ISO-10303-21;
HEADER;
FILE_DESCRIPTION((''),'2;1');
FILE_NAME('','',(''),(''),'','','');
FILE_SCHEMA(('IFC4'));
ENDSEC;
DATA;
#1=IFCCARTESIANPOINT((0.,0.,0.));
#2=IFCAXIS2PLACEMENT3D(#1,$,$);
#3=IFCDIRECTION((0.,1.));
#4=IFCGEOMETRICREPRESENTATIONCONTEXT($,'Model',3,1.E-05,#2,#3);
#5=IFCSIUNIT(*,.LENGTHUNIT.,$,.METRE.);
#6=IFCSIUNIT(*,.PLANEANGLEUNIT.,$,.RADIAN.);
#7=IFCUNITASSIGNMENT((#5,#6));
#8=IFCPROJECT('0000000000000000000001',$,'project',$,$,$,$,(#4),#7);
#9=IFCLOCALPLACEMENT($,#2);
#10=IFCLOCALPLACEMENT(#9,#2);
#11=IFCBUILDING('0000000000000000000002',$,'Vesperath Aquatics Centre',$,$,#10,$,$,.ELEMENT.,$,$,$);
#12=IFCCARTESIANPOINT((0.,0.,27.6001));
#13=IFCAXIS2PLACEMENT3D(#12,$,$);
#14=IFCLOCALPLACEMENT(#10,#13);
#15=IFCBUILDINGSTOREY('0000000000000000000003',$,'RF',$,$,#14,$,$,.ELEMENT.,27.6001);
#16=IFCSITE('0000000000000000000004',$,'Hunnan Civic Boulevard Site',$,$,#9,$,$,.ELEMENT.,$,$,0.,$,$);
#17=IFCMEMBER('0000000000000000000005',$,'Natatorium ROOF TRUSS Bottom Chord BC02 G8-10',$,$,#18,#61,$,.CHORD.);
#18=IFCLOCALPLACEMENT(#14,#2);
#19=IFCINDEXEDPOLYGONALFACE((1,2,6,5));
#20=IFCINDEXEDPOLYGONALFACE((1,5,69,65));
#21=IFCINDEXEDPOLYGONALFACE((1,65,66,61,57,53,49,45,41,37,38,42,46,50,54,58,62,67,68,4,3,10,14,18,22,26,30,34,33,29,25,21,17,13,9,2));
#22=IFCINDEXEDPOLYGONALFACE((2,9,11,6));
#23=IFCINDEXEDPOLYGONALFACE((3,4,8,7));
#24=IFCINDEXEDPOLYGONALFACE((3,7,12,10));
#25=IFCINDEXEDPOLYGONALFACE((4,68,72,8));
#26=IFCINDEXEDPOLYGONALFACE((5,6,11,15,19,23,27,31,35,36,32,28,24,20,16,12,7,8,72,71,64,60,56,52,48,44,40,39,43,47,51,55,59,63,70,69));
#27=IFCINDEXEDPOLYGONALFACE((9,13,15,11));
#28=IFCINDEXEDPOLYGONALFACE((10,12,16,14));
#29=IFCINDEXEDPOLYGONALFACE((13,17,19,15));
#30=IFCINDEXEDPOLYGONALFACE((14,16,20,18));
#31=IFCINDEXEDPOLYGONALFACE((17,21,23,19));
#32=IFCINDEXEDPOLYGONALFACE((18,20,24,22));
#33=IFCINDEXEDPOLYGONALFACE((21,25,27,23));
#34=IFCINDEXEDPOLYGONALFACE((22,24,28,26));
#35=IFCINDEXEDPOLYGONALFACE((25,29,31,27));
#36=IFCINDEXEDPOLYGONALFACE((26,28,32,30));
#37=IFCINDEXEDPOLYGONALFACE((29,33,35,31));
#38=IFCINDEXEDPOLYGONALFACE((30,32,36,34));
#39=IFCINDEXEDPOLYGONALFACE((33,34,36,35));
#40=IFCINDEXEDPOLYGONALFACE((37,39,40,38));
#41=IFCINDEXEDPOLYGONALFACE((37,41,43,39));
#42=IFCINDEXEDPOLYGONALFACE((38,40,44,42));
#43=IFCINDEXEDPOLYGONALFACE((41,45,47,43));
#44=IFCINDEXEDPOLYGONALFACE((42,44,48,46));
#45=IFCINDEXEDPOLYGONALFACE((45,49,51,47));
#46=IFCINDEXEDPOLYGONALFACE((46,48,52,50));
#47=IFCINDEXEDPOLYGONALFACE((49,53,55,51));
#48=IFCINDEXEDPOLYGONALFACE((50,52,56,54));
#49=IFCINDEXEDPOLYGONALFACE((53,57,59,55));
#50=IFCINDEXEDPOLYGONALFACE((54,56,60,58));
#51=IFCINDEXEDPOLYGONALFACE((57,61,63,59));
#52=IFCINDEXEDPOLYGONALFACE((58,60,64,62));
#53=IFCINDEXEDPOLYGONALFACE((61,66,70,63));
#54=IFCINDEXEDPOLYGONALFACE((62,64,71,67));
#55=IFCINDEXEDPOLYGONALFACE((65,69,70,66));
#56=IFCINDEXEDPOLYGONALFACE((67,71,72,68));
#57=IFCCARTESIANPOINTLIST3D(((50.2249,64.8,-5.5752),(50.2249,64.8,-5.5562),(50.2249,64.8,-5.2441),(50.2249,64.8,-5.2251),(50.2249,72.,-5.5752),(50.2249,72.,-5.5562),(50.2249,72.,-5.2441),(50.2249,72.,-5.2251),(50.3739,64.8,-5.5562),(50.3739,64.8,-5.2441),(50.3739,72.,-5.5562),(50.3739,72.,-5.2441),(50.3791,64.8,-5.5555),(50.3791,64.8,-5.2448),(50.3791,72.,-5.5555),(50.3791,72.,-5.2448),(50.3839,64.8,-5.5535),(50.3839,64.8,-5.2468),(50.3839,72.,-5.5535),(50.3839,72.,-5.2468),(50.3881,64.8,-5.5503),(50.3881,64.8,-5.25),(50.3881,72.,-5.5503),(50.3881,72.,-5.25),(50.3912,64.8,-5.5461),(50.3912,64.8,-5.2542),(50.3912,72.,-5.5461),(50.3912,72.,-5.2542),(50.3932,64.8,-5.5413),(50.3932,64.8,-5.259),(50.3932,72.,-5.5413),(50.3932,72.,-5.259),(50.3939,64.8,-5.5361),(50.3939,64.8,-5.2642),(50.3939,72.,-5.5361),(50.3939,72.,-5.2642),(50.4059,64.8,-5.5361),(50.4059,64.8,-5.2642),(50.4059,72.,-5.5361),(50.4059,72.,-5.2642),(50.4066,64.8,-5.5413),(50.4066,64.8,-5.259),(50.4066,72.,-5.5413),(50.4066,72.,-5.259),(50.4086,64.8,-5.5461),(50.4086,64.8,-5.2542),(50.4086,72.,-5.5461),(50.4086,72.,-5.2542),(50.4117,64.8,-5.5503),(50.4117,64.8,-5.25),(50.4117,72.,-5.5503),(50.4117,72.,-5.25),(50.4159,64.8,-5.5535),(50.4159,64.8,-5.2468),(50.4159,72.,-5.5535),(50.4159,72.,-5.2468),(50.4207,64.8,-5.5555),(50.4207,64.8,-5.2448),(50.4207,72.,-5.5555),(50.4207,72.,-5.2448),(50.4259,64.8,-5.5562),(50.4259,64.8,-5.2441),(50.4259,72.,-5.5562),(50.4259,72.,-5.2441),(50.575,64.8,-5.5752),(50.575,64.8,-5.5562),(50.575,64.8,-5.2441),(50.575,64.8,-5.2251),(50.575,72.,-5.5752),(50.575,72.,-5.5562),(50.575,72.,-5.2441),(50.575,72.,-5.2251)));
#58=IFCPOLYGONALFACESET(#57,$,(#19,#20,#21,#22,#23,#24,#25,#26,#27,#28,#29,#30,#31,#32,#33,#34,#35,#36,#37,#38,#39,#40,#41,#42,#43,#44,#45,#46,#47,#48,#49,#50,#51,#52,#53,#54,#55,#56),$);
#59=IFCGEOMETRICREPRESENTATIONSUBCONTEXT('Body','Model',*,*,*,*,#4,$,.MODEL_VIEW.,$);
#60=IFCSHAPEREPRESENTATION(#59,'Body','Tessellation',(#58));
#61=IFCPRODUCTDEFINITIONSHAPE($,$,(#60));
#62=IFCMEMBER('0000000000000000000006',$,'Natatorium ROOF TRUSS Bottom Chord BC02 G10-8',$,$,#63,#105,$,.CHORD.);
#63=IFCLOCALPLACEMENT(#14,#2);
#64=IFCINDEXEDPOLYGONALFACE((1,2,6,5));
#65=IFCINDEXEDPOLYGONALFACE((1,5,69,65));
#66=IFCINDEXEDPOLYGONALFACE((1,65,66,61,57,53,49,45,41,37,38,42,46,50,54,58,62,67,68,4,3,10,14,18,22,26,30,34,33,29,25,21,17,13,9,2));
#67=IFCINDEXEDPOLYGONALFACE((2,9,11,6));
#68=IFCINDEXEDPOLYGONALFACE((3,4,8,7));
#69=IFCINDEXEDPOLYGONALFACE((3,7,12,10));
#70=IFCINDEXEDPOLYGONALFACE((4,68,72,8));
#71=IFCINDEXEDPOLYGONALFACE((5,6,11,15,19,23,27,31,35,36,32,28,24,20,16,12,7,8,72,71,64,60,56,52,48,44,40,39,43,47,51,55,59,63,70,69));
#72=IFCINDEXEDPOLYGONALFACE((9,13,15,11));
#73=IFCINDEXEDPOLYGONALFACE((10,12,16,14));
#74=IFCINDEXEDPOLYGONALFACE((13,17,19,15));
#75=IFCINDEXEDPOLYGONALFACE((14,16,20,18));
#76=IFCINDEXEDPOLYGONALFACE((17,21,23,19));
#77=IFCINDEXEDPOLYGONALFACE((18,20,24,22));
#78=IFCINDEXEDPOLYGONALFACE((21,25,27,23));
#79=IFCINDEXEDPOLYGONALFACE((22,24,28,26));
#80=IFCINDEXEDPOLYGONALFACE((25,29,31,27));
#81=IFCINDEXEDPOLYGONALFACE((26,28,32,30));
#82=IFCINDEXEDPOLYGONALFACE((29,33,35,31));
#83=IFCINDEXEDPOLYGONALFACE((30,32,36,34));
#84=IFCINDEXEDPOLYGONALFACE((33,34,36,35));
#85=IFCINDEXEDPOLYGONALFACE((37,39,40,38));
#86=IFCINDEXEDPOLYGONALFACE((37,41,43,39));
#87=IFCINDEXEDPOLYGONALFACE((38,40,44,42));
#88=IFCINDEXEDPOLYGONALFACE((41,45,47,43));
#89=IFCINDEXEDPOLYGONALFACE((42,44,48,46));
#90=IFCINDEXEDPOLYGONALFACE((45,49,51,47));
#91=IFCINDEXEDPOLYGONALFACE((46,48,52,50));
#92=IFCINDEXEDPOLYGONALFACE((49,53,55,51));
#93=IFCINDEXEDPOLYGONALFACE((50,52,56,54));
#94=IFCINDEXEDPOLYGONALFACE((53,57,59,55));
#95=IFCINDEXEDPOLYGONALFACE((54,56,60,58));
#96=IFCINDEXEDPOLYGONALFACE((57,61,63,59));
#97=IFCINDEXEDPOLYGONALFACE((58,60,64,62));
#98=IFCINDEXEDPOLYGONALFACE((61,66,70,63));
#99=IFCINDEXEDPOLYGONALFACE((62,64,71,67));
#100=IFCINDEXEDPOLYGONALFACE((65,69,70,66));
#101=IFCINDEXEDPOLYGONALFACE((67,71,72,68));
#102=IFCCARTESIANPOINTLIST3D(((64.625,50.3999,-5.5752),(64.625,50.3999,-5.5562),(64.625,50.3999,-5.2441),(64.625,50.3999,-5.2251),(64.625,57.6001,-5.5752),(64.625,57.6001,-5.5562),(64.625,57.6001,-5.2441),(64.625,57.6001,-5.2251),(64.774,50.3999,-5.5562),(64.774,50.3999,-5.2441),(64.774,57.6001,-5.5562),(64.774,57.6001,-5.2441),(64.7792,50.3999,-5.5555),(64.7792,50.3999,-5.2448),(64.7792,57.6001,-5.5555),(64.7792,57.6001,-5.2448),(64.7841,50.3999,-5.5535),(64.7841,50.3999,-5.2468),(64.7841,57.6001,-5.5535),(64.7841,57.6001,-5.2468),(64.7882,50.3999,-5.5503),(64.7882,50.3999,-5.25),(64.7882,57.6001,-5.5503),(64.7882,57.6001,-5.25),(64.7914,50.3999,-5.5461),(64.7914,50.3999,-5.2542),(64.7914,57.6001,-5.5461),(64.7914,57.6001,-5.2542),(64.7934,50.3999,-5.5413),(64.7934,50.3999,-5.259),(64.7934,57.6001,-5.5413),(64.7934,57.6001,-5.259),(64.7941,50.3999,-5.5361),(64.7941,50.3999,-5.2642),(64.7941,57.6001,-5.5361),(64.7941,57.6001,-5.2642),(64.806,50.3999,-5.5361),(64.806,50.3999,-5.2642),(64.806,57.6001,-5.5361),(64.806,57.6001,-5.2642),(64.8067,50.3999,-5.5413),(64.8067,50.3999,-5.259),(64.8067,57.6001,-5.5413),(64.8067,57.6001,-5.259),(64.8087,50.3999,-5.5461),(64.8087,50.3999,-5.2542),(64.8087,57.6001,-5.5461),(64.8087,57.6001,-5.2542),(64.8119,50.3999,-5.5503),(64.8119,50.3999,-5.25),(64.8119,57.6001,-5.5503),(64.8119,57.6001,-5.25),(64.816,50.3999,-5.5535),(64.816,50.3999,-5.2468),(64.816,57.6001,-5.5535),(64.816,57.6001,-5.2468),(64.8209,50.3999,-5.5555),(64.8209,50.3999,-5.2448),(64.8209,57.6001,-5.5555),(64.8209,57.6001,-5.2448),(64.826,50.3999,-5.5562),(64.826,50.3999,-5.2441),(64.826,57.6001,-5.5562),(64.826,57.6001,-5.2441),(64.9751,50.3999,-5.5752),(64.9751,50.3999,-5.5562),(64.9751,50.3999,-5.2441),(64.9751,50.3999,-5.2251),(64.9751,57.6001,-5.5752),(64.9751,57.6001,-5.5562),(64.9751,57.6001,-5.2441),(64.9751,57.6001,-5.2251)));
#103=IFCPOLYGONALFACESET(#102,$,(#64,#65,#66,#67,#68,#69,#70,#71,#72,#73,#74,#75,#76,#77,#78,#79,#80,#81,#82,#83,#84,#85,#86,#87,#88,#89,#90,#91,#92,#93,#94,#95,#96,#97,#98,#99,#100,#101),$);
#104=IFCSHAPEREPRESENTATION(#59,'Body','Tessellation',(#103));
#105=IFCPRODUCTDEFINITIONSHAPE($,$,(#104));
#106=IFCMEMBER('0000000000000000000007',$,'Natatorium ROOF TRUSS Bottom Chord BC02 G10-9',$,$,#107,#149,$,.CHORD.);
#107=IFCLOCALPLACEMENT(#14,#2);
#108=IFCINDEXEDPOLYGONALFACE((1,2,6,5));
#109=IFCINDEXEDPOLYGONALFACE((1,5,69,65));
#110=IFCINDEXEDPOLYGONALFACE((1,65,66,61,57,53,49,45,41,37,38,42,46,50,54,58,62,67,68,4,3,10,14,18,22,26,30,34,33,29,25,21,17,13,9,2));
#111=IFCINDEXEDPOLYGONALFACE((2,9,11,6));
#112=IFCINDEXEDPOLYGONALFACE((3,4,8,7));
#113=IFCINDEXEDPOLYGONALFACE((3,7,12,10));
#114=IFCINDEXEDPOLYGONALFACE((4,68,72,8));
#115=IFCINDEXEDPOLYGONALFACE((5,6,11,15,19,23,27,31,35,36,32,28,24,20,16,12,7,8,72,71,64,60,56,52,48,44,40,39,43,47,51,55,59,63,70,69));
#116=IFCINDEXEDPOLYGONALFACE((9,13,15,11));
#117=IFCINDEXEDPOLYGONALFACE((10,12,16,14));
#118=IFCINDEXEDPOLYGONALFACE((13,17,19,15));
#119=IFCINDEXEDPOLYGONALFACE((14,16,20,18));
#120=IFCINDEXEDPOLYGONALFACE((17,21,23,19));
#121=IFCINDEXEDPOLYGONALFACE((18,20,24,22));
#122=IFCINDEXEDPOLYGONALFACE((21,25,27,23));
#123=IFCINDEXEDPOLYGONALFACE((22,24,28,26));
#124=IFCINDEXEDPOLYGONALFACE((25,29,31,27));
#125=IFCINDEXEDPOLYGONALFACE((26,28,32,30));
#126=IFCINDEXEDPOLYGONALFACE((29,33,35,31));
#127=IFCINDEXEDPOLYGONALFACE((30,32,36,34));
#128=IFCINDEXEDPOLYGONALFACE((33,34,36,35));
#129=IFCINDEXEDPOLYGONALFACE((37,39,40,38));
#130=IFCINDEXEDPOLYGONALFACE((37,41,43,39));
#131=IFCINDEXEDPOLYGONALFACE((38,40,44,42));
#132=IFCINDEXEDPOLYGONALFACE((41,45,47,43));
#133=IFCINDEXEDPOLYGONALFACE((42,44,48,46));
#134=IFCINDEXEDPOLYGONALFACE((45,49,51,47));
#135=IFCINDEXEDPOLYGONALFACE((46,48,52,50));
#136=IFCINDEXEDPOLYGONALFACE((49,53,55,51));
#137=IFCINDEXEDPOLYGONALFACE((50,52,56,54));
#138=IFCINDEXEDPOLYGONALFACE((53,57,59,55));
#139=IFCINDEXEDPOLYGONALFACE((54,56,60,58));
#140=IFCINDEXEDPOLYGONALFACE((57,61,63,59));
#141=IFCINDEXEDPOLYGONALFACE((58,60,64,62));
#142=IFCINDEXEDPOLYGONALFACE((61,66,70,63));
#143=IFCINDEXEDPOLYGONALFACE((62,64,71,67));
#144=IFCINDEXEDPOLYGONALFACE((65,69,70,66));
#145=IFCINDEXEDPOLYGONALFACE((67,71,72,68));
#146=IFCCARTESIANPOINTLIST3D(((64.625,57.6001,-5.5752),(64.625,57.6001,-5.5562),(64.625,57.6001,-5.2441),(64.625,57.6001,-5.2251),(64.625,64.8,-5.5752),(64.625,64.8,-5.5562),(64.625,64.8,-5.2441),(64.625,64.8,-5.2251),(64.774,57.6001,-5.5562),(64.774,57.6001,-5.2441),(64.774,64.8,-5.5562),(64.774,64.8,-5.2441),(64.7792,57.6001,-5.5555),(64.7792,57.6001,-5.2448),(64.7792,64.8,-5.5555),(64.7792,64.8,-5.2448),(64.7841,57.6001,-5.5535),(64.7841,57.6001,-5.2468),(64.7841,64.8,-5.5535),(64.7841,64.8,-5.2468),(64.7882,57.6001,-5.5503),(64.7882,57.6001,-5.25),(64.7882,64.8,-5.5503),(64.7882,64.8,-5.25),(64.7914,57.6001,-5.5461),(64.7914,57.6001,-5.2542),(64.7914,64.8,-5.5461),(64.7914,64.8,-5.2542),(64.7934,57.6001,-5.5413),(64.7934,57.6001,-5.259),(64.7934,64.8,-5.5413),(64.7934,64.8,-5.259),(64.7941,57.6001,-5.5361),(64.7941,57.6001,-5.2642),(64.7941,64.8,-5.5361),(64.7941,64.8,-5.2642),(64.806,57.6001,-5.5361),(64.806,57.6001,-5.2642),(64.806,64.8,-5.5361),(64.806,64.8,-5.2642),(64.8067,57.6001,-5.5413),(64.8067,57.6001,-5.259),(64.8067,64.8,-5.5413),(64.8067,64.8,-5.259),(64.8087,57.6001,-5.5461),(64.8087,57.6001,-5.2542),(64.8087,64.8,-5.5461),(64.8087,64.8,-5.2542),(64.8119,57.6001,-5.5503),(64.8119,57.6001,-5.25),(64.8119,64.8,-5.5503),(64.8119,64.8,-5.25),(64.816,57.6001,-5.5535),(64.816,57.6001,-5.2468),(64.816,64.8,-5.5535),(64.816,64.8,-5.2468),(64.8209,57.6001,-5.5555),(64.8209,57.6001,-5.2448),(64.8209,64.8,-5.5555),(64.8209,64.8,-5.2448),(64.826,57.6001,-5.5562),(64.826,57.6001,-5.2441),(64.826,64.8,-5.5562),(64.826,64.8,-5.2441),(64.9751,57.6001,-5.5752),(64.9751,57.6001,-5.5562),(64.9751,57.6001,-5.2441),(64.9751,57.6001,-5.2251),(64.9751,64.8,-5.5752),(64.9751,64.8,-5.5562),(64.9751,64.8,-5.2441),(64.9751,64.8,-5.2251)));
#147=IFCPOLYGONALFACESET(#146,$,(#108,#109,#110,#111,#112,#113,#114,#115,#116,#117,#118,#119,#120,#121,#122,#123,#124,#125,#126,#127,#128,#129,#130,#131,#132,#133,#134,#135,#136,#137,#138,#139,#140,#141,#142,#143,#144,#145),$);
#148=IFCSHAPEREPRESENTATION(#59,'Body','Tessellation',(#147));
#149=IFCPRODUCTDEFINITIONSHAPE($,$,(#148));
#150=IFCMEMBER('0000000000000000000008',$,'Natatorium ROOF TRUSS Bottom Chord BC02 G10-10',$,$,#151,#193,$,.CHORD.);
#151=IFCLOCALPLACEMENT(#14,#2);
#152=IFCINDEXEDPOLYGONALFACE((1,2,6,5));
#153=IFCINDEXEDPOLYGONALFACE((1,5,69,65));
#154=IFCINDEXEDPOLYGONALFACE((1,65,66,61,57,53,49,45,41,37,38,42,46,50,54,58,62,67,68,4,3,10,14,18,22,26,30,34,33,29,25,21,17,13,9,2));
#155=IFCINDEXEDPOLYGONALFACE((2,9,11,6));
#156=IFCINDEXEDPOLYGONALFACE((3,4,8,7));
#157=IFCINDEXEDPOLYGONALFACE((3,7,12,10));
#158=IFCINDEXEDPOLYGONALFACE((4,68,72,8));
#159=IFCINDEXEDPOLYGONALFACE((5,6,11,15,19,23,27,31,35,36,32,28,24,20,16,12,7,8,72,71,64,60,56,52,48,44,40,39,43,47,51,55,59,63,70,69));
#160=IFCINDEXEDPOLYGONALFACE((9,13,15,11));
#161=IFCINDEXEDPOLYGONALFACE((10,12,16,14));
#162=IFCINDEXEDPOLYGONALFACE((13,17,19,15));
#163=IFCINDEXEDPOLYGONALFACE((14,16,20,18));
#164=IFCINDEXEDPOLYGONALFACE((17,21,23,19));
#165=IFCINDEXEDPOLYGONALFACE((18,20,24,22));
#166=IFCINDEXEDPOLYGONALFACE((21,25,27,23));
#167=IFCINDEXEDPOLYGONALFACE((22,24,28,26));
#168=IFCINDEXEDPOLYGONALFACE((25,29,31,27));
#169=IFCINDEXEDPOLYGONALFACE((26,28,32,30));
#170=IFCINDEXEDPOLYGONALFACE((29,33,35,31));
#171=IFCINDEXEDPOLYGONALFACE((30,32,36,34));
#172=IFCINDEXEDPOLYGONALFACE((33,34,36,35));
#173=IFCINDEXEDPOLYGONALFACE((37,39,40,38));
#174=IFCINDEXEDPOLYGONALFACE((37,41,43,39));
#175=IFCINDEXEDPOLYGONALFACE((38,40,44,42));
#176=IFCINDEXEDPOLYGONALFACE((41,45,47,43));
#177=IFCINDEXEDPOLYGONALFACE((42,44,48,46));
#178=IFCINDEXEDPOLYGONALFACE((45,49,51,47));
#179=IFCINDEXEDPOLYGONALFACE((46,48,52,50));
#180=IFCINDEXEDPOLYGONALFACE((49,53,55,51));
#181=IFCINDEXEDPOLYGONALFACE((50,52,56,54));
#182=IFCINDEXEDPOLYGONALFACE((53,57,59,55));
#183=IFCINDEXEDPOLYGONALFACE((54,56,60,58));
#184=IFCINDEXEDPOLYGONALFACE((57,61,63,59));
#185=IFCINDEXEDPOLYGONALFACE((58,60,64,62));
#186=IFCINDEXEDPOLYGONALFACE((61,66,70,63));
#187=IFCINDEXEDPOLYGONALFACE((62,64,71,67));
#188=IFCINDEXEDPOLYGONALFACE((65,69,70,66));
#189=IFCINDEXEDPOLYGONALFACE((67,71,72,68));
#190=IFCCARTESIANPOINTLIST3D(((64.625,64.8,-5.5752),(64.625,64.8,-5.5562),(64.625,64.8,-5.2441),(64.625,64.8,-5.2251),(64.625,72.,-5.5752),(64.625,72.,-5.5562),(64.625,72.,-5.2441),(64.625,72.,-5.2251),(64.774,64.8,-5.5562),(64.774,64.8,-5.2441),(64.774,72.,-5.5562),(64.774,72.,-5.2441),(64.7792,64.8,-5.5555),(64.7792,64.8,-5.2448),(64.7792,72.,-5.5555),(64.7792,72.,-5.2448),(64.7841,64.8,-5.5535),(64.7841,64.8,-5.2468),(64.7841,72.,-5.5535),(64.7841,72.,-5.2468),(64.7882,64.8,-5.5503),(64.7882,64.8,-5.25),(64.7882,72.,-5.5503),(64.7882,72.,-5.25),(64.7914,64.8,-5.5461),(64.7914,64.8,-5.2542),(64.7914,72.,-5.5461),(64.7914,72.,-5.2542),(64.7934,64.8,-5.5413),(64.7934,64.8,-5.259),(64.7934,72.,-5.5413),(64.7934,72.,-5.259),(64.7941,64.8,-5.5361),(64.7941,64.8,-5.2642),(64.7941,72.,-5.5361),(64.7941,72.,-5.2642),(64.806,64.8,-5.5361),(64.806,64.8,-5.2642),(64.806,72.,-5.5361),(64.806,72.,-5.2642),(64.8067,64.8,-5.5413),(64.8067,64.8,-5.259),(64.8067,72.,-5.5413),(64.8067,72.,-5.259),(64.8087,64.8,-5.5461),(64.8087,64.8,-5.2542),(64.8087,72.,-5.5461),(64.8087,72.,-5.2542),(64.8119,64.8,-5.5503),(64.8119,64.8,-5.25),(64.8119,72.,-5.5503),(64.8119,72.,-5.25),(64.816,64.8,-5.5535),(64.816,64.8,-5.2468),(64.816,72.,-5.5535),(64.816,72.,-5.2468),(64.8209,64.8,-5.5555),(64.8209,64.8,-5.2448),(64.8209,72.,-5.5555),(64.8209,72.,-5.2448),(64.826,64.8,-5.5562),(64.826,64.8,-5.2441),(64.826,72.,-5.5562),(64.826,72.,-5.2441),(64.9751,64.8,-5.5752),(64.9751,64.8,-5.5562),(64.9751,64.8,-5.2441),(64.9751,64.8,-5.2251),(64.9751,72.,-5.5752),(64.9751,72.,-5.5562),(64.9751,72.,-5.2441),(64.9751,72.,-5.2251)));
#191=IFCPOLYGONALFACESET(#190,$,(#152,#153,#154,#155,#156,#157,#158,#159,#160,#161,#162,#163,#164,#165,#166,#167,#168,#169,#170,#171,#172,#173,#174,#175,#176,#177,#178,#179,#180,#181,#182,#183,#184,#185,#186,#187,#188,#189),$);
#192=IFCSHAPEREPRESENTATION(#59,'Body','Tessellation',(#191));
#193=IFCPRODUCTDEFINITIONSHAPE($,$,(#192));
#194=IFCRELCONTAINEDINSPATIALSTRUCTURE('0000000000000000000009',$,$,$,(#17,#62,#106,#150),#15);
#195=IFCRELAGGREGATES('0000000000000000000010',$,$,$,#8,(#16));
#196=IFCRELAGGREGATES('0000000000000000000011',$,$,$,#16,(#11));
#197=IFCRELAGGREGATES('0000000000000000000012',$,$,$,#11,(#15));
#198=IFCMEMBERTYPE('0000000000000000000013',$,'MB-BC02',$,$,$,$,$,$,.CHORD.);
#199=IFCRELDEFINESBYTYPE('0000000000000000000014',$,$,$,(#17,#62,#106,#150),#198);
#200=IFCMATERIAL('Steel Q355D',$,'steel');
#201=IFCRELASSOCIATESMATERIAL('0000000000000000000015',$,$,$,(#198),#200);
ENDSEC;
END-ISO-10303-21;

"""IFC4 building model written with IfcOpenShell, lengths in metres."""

from ifc_helpers import new_model, si_unit, direction, frame, origin, origin_2d, place, context, subcontext, project, spatial, i_section, extrude, material, material_profile, profile_set, type_object, element, save


model = new_model("IFC4")

# Units and contexts
model_context = context("Model", 3, precision=1e-05, world=origin(), true_north=direction((0.0, 1.0)))
body_context = subcontext(model_context, "Body", "Model", "MODEL_VIEW")
ifc_project = project(units=[si_unit("LENGTHUNIT", "METRE"), si_unit("PLANEANGLEUNIT", "RADIAN")], contexts=[model_context])

# Site, building, storey
site_placement = place(None, origin())
site = spatial("IfcSite", under=ifc_project, at=site_placement, Name="Hunnan Civic Boulevard Site", CompositionType="ELEMENT", RefElevation=0.0)
building_placement = place(site_placement, origin())
building = spatial("IfcBuilding", under=site, at=building_placement, Name="Vesperath Aquatics Centre", CompositionType="ELEMENT")
storey_placement = place(building_placement, frame((0.0, 0.0, 27.6001)))
storey = spatial("IfcBuildingStorey", under=building, at=storey_placement, Name="RF", CompositionType="ELEMENT", Elevation=27.6001)

# Members
ifc_material_1 = material(Name="Steel Q355D", Category="steel")
ifc_material_profile_1 = material_profile(ifc_material_1, i_section(OverallWidth=0.3501, OverallDepth=0.3501, WebThickness=0.012, FlangeThickness=0.019, FilletRadius=0.02, at=origin_2d()), Name="HW 350x350x12x19")
ifc_profile_set_1 = profile_set([ifc_material_profile_1], Name="Steel Q355D")
member_type_1 = type_object("IfcMemberType", Name="MB-BC02", PredefinedType="CHORD", material=ifc_profile_set_1)
member_1_placement = place(storey_placement, frame((50.3999, 64.8, -5.4001), z_axis=(0.0, 1.0, 0.0), x_axis=(-1.0, 0.0, 0.0)))
element("IfcMember", 1, at=member_1_placement, inside=storey, type_object=member_type_1, Name="Natatorium ROOF TRUSS Bottom Chord BC02 G8-10", PredefinedType="CHORD", context=body_context, shape_type="SweptSolid", body=[
    extrude(i_section(OverallWidth=0.3501, OverallDepth=0.3501, WebThickness=0.012, FlangeThickness=0.019, FilletRadius=0.02, at=origin_2d()), origin(), (0.0, 0.0, 1.0), 7.2),
])
member_2_placement = place(storey_placement, frame((64.8, 50.3999, -5.4001), z_axis=(0.0, 1.0, 0.0), x_axis=(-1.0, 0.0, 0.0)))
element("IfcMember", 2, at=member_2_placement, inside=storey, type_object=member_type_1, Name="Natatorium ROOF TRUSS Bottom Chord BC02 G10-8", PredefinedType="CHORD", context=body_context, shape_type="SweptSolid", body=[
    extrude(i_section(OverallWidth=0.3501, OverallDepth=0.3501, WebThickness=0.012, FlangeThickness=0.019, FilletRadius=0.02, at=origin_2d()), origin(), (0.0, 0.0, 1.0), 7.2002),
])
for number, where, z_axis, x_axis, name in (
    (3, (64.8, 57.6001, -5.4001), (0.0, 1.0, 0.0), (-1.0, 0.0, 0.0), "Natatorium ROOF TRUSS Bottom Chord BC02 G10-9"),
    (4, (64.8, 64.8, -5.4001), (0.0, 1.0, 0.0), (-1.0, 0.0, 0.0), "Natatorium ROOF TRUSS Bottom Chord BC02 G10-10"),
):
    element("IfcMember", number, at=place(storey_placement, frame(where, z_axis=z_axis, x_axis=x_axis)), inside=storey, type_object=member_type_1, Name=name, PredefinedType="CHORD", context=body_context, shape_type="SweptSolid", body=[
        extrude(i_section(OverallWidth=0.3501, OverallDepth=0.3501, WebThickness=0.012, FlangeThickness=0.019, FilletRadius=0.02, at=origin_2d()), origin(), (0.0, 0.0, 1.0), 7.2),
    ])

save(model, "model.ifc")
